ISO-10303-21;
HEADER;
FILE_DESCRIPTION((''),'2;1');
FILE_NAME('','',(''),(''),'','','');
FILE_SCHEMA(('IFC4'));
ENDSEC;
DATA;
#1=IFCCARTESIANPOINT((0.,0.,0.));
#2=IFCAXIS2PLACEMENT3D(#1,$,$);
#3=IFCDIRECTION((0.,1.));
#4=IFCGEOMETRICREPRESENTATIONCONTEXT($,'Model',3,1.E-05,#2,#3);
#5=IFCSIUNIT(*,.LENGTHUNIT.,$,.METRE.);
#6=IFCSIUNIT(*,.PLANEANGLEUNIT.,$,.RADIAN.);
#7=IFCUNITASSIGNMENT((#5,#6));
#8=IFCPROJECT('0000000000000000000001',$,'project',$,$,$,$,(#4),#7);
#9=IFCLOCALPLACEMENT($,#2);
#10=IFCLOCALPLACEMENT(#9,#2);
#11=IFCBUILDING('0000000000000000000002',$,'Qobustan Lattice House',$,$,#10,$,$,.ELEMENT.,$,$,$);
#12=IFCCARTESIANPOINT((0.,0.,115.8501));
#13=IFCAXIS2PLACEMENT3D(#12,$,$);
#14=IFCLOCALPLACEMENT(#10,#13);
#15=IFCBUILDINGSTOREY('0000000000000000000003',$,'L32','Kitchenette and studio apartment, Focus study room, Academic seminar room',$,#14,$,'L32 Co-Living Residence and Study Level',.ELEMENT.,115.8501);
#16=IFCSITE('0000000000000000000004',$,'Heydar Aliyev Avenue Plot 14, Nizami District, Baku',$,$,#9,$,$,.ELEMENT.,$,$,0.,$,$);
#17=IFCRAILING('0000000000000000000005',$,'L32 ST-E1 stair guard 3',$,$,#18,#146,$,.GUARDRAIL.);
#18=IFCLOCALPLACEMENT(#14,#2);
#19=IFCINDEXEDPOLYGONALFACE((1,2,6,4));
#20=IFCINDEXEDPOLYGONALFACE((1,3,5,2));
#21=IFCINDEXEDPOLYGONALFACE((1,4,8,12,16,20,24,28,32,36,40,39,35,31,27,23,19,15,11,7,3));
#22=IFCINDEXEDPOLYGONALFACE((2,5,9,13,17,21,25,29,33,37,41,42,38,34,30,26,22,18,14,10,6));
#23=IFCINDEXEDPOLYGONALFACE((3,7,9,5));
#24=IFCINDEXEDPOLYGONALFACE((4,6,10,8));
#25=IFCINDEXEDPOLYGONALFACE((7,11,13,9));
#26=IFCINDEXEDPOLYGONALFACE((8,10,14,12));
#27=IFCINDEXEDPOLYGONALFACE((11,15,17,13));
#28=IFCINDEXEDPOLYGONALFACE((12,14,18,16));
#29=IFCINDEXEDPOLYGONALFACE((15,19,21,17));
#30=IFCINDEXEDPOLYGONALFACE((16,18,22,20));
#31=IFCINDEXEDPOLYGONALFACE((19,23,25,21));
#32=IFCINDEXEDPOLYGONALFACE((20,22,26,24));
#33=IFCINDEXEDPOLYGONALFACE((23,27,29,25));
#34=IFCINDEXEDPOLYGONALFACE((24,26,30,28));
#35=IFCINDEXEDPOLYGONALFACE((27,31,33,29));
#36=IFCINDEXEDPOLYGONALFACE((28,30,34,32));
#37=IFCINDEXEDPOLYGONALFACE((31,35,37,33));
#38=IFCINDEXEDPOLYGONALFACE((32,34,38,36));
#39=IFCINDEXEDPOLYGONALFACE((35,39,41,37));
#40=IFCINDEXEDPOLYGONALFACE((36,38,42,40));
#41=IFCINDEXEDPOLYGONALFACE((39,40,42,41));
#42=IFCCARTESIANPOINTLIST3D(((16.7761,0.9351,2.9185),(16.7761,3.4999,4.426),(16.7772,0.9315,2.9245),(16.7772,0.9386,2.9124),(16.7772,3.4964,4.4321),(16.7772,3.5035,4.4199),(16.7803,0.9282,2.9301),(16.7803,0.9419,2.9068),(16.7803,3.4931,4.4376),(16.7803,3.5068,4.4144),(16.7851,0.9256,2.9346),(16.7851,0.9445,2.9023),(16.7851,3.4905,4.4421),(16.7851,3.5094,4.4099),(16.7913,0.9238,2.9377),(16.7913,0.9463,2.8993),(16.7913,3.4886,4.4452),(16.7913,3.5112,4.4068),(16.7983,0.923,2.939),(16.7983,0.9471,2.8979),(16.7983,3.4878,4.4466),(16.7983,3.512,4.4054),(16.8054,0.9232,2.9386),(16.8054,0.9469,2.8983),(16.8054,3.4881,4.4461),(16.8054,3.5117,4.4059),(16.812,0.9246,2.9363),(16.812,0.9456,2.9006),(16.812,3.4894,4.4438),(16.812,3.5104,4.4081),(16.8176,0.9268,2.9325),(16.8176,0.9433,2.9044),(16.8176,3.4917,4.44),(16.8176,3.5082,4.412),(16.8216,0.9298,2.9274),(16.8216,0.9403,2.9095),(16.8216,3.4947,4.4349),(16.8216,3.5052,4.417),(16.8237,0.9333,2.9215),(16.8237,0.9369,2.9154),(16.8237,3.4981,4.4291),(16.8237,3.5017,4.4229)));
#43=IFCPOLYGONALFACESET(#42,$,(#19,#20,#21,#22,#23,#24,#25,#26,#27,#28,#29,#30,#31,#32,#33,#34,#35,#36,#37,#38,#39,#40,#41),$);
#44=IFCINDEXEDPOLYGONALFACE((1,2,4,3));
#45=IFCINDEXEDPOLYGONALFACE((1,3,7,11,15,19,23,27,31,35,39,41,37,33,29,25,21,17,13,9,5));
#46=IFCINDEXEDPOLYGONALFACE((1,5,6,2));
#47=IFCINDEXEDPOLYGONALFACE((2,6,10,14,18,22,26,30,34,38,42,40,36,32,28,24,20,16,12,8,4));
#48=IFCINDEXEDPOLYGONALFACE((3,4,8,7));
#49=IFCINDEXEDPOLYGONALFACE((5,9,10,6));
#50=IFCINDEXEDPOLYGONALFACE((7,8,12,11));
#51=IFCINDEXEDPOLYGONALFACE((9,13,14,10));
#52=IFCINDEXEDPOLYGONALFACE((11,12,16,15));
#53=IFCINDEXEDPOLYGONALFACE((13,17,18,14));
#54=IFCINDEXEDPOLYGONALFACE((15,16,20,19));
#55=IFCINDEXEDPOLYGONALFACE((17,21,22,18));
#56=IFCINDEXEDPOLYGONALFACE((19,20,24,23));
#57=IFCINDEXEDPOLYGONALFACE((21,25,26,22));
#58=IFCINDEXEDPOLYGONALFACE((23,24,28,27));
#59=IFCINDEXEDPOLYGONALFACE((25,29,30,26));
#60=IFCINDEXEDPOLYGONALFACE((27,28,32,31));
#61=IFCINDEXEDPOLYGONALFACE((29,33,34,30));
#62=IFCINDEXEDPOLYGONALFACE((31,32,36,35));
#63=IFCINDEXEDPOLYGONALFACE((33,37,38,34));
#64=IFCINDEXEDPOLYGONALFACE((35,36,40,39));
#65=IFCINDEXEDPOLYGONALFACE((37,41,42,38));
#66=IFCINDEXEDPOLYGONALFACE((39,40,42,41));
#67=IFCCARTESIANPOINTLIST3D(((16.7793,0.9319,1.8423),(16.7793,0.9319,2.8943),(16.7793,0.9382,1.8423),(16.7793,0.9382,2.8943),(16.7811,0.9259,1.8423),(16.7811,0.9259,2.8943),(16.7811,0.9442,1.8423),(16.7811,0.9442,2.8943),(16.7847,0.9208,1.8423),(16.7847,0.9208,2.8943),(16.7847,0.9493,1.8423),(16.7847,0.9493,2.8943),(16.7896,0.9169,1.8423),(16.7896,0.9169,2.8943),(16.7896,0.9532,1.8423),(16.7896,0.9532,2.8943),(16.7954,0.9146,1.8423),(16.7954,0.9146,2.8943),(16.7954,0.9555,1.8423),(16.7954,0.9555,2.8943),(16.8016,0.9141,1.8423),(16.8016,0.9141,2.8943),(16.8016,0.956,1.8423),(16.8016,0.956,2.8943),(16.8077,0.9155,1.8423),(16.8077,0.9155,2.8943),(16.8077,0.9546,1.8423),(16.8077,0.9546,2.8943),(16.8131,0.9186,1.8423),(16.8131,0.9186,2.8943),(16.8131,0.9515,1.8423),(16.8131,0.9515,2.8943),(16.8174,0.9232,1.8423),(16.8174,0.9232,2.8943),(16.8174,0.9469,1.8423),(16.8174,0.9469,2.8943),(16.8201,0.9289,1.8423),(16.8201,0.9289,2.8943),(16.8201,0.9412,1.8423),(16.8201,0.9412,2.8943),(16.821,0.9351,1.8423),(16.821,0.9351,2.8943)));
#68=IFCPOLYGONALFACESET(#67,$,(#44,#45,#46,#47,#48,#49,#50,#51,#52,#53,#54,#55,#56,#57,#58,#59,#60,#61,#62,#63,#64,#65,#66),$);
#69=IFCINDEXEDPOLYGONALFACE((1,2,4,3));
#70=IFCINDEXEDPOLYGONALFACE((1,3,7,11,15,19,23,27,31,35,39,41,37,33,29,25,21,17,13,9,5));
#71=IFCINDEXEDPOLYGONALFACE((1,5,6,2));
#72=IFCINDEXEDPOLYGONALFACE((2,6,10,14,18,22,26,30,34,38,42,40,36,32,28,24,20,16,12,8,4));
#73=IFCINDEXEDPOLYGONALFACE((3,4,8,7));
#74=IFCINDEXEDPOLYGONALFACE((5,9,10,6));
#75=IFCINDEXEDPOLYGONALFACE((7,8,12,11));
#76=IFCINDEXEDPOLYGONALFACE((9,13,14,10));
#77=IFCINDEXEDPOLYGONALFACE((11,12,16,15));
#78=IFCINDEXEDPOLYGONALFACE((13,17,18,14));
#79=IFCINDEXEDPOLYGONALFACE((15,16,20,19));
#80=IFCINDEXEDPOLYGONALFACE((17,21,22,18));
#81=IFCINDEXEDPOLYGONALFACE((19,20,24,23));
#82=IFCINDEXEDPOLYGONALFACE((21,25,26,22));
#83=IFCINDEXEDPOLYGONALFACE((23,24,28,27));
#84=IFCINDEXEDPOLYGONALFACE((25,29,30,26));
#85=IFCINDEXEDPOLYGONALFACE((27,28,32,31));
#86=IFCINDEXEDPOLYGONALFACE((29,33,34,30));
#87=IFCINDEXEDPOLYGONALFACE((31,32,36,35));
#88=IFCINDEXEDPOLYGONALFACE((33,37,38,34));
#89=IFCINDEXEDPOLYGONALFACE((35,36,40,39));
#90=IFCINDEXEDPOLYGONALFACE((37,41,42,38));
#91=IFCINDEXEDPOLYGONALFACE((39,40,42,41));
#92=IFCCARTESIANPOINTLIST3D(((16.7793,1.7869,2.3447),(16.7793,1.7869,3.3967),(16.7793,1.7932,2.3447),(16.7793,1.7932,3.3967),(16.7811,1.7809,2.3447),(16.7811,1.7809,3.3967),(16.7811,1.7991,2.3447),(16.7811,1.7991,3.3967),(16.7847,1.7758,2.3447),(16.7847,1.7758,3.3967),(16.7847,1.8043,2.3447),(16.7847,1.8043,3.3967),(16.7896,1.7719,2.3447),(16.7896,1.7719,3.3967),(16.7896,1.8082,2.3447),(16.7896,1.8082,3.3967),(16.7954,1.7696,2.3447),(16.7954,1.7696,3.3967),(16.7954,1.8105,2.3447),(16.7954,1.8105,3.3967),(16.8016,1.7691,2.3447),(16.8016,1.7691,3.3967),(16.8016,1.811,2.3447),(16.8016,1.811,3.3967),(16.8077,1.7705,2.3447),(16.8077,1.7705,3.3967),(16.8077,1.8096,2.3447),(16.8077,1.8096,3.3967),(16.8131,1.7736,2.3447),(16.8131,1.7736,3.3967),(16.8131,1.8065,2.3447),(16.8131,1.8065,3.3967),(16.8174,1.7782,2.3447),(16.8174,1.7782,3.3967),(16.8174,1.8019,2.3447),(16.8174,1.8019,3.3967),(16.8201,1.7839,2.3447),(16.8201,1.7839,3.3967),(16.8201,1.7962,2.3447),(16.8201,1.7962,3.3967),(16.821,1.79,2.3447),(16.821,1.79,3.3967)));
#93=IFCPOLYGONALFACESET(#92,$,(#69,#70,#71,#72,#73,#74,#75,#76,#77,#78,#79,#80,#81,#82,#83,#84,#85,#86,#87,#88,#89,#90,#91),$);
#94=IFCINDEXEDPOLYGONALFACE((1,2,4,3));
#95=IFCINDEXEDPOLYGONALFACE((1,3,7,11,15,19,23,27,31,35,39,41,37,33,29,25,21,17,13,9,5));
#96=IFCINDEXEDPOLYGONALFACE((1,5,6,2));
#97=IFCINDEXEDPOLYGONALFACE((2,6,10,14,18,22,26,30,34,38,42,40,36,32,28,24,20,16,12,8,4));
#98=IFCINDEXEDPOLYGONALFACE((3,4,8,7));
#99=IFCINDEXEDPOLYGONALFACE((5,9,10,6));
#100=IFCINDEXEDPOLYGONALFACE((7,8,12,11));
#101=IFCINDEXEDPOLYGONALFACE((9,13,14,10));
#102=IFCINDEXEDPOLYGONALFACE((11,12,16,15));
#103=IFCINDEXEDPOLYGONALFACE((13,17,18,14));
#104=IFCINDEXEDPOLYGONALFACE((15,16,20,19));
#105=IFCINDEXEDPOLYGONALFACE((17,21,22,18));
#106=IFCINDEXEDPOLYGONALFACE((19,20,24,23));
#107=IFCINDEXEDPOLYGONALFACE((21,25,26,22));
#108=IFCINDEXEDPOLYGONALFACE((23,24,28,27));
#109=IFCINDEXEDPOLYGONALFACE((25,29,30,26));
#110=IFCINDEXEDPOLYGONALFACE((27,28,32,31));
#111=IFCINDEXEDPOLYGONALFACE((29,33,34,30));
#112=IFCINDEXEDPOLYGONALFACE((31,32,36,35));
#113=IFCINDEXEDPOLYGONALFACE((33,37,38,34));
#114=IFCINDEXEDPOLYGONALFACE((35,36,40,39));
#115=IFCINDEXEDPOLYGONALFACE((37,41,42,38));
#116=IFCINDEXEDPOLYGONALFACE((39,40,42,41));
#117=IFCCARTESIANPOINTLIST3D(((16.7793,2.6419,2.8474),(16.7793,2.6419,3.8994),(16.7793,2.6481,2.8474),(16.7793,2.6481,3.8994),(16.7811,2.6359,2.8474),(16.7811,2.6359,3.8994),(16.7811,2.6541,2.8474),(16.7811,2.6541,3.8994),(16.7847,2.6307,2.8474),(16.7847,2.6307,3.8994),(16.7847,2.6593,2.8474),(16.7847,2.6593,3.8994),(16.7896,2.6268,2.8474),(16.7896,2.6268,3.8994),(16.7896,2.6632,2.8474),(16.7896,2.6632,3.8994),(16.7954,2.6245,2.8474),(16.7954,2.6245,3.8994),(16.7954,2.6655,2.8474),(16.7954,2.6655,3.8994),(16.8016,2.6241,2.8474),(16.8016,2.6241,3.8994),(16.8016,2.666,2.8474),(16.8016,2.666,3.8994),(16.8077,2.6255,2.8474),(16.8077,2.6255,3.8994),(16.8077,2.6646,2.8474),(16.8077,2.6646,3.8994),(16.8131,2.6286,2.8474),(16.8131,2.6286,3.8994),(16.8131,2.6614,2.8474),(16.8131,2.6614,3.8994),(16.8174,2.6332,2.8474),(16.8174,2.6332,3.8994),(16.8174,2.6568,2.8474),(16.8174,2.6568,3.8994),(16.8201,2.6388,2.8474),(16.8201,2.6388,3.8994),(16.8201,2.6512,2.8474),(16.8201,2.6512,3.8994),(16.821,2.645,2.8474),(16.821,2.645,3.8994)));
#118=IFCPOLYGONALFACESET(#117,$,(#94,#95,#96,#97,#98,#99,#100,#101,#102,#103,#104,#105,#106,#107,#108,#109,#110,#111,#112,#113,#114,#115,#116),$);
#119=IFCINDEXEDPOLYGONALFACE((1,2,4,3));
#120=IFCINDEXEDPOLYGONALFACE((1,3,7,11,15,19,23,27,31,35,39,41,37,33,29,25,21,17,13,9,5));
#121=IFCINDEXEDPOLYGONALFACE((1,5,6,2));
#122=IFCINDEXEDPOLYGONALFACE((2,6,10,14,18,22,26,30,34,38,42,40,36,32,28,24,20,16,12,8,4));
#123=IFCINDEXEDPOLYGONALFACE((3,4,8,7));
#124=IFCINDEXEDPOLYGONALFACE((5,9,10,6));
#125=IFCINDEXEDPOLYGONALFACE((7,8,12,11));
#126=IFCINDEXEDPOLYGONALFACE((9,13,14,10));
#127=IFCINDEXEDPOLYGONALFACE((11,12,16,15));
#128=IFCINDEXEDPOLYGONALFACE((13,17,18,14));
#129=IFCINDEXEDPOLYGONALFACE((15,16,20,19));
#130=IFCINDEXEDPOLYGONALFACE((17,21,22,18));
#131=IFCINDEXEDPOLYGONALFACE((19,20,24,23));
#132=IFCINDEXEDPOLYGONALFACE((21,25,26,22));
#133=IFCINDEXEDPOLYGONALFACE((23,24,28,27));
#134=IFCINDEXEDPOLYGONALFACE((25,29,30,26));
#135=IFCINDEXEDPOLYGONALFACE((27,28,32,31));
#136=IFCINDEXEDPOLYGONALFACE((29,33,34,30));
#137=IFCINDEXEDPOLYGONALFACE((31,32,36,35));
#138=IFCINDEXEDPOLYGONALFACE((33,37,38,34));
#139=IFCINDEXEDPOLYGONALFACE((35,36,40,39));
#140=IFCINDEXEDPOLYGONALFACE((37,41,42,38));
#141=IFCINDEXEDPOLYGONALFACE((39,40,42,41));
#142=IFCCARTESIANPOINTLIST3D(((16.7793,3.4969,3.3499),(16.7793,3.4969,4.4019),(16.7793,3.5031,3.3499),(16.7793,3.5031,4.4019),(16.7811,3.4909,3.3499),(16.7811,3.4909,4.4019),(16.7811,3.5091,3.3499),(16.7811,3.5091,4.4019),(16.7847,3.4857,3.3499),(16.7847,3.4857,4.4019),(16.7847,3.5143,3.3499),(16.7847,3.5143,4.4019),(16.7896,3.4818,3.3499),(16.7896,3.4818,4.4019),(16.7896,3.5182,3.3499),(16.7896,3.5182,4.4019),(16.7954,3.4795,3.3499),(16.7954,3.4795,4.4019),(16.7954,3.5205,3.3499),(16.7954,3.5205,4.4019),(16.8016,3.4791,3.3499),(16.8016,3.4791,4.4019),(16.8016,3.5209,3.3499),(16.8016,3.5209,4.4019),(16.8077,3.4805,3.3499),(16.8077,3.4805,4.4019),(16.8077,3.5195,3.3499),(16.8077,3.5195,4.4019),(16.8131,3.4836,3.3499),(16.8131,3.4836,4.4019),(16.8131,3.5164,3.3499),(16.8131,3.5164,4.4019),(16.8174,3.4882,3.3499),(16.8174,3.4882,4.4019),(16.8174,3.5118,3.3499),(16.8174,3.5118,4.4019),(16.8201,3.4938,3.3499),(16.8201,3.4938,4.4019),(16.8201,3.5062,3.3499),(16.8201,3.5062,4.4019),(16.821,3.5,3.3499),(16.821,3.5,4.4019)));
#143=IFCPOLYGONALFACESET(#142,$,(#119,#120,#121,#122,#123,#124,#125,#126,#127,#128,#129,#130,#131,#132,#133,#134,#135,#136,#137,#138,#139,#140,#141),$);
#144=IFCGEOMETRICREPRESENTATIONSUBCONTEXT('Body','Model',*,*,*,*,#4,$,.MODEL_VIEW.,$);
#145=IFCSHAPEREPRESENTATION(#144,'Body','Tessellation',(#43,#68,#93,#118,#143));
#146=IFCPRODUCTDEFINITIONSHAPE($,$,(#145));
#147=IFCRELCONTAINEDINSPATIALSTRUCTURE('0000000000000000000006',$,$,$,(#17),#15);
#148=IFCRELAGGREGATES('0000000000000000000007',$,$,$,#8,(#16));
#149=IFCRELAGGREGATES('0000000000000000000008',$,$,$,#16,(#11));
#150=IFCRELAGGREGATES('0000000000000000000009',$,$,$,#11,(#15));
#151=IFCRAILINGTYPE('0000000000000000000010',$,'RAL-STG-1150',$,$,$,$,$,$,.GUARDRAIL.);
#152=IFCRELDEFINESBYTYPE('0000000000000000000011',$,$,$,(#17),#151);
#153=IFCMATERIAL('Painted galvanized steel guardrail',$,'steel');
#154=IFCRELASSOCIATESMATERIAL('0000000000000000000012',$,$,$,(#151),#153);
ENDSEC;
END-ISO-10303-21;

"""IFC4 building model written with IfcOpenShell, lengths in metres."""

from ifc_helpers import new_model, si_unit, direction, frame, origin, origin_2d, place, context, subcontext, project, spatial, circle, extrude, material, type_object, element, save


model = new_model("IFC4")

# Units and contexts
model_context = context("Model", 3, precision=1e-05, world=origin(), true_north=direction((0.0, 1.0)))
body_context = subcontext(model_context, "Body", "Model", "MODEL_VIEW")
ifc_project = project(units=[si_unit("LENGTHUNIT", "METRE"), si_unit("PLANEANGLEUNIT", "RADIAN")], contexts=[model_context])

# Site, building, storey
site_placement = place(None, origin())
site = spatial("IfcSite", under=ifc_project, at=site_placement, Name="Heydar Aliyev Avenue Plot 14, Nizami District, Baku", CompositionType="ELEMENT", RefElevation=0.0)
building_placement = place(site_placement, origin())
building = spatial("IfcBuilding", under=site, at=building_placement, Name="Qobustan Lattice House", CompositionType="ELEMENT")
storey_placement = place(building_placement, frame((0.0, 0.0, 115.8501)))
storey = spatial("IfcBuildingStorey", under=building, at=storey_placement, Name="L32", Description="Kitchenette and studio apartment, Focus study room, Academic seminar room", LongName="L32 Co-Living Residence and Study Level", CompositionType="ELEMENT", Elevation=115.8501)

# Railing
ifc_material_1 = material(Name="Painted galvanized steel guardrail", Category="steel")
railing_type_1 = type_object("IfcRailingType", Name="RAL-STG-1150", PredefinedType="GUARDRAIL", material=ifc_material_1)
railing_1_placement = place(storey_placement, frame((16.8, 0.9351, 1.8423)))
element("IfcRailing", 1, at=railing_1_placement, inside=storey, type_object=railing_type_1, Name="L32 ST-E1 stair guard 3", PredefinedType="GUARDRAIL", context=body_context, shape_type="SweptSolid", body=[
    extrude(circle(Radius=0.0239, at=origin_2d()), frame((0.0, 0.0, 1.0762), z_axis=(0.0, 0.862113, 0.506715), x_axis=(-1.0, 0.0, 0.0)), (0.0, 0.0, 1.0), 2.9751),
    extrude(circle(Radius=0.021, at=origin_2d()), origin(), (0.0, 0.0, 1.0), 1.052),
    extrude(circle(Radius=0.021, at=origin_2d()), frame((0.0, 0.855, 0.5024)), (0.0, 0.0, 1.0), 1.052),
    extrude(circle(Radius=0.021, at=origin_2d()), frame((0.0, 1.71, 1.0051)), (0.0, 0.0, 1.0), 1.052),
    extrude(circle(Radius=0.021, at=origin_2d()), frame((0.0, 2.5649, 1.5076)), (0.0, 0.0, 1.0), 1.052),
])

save(model, "model.ifc")
